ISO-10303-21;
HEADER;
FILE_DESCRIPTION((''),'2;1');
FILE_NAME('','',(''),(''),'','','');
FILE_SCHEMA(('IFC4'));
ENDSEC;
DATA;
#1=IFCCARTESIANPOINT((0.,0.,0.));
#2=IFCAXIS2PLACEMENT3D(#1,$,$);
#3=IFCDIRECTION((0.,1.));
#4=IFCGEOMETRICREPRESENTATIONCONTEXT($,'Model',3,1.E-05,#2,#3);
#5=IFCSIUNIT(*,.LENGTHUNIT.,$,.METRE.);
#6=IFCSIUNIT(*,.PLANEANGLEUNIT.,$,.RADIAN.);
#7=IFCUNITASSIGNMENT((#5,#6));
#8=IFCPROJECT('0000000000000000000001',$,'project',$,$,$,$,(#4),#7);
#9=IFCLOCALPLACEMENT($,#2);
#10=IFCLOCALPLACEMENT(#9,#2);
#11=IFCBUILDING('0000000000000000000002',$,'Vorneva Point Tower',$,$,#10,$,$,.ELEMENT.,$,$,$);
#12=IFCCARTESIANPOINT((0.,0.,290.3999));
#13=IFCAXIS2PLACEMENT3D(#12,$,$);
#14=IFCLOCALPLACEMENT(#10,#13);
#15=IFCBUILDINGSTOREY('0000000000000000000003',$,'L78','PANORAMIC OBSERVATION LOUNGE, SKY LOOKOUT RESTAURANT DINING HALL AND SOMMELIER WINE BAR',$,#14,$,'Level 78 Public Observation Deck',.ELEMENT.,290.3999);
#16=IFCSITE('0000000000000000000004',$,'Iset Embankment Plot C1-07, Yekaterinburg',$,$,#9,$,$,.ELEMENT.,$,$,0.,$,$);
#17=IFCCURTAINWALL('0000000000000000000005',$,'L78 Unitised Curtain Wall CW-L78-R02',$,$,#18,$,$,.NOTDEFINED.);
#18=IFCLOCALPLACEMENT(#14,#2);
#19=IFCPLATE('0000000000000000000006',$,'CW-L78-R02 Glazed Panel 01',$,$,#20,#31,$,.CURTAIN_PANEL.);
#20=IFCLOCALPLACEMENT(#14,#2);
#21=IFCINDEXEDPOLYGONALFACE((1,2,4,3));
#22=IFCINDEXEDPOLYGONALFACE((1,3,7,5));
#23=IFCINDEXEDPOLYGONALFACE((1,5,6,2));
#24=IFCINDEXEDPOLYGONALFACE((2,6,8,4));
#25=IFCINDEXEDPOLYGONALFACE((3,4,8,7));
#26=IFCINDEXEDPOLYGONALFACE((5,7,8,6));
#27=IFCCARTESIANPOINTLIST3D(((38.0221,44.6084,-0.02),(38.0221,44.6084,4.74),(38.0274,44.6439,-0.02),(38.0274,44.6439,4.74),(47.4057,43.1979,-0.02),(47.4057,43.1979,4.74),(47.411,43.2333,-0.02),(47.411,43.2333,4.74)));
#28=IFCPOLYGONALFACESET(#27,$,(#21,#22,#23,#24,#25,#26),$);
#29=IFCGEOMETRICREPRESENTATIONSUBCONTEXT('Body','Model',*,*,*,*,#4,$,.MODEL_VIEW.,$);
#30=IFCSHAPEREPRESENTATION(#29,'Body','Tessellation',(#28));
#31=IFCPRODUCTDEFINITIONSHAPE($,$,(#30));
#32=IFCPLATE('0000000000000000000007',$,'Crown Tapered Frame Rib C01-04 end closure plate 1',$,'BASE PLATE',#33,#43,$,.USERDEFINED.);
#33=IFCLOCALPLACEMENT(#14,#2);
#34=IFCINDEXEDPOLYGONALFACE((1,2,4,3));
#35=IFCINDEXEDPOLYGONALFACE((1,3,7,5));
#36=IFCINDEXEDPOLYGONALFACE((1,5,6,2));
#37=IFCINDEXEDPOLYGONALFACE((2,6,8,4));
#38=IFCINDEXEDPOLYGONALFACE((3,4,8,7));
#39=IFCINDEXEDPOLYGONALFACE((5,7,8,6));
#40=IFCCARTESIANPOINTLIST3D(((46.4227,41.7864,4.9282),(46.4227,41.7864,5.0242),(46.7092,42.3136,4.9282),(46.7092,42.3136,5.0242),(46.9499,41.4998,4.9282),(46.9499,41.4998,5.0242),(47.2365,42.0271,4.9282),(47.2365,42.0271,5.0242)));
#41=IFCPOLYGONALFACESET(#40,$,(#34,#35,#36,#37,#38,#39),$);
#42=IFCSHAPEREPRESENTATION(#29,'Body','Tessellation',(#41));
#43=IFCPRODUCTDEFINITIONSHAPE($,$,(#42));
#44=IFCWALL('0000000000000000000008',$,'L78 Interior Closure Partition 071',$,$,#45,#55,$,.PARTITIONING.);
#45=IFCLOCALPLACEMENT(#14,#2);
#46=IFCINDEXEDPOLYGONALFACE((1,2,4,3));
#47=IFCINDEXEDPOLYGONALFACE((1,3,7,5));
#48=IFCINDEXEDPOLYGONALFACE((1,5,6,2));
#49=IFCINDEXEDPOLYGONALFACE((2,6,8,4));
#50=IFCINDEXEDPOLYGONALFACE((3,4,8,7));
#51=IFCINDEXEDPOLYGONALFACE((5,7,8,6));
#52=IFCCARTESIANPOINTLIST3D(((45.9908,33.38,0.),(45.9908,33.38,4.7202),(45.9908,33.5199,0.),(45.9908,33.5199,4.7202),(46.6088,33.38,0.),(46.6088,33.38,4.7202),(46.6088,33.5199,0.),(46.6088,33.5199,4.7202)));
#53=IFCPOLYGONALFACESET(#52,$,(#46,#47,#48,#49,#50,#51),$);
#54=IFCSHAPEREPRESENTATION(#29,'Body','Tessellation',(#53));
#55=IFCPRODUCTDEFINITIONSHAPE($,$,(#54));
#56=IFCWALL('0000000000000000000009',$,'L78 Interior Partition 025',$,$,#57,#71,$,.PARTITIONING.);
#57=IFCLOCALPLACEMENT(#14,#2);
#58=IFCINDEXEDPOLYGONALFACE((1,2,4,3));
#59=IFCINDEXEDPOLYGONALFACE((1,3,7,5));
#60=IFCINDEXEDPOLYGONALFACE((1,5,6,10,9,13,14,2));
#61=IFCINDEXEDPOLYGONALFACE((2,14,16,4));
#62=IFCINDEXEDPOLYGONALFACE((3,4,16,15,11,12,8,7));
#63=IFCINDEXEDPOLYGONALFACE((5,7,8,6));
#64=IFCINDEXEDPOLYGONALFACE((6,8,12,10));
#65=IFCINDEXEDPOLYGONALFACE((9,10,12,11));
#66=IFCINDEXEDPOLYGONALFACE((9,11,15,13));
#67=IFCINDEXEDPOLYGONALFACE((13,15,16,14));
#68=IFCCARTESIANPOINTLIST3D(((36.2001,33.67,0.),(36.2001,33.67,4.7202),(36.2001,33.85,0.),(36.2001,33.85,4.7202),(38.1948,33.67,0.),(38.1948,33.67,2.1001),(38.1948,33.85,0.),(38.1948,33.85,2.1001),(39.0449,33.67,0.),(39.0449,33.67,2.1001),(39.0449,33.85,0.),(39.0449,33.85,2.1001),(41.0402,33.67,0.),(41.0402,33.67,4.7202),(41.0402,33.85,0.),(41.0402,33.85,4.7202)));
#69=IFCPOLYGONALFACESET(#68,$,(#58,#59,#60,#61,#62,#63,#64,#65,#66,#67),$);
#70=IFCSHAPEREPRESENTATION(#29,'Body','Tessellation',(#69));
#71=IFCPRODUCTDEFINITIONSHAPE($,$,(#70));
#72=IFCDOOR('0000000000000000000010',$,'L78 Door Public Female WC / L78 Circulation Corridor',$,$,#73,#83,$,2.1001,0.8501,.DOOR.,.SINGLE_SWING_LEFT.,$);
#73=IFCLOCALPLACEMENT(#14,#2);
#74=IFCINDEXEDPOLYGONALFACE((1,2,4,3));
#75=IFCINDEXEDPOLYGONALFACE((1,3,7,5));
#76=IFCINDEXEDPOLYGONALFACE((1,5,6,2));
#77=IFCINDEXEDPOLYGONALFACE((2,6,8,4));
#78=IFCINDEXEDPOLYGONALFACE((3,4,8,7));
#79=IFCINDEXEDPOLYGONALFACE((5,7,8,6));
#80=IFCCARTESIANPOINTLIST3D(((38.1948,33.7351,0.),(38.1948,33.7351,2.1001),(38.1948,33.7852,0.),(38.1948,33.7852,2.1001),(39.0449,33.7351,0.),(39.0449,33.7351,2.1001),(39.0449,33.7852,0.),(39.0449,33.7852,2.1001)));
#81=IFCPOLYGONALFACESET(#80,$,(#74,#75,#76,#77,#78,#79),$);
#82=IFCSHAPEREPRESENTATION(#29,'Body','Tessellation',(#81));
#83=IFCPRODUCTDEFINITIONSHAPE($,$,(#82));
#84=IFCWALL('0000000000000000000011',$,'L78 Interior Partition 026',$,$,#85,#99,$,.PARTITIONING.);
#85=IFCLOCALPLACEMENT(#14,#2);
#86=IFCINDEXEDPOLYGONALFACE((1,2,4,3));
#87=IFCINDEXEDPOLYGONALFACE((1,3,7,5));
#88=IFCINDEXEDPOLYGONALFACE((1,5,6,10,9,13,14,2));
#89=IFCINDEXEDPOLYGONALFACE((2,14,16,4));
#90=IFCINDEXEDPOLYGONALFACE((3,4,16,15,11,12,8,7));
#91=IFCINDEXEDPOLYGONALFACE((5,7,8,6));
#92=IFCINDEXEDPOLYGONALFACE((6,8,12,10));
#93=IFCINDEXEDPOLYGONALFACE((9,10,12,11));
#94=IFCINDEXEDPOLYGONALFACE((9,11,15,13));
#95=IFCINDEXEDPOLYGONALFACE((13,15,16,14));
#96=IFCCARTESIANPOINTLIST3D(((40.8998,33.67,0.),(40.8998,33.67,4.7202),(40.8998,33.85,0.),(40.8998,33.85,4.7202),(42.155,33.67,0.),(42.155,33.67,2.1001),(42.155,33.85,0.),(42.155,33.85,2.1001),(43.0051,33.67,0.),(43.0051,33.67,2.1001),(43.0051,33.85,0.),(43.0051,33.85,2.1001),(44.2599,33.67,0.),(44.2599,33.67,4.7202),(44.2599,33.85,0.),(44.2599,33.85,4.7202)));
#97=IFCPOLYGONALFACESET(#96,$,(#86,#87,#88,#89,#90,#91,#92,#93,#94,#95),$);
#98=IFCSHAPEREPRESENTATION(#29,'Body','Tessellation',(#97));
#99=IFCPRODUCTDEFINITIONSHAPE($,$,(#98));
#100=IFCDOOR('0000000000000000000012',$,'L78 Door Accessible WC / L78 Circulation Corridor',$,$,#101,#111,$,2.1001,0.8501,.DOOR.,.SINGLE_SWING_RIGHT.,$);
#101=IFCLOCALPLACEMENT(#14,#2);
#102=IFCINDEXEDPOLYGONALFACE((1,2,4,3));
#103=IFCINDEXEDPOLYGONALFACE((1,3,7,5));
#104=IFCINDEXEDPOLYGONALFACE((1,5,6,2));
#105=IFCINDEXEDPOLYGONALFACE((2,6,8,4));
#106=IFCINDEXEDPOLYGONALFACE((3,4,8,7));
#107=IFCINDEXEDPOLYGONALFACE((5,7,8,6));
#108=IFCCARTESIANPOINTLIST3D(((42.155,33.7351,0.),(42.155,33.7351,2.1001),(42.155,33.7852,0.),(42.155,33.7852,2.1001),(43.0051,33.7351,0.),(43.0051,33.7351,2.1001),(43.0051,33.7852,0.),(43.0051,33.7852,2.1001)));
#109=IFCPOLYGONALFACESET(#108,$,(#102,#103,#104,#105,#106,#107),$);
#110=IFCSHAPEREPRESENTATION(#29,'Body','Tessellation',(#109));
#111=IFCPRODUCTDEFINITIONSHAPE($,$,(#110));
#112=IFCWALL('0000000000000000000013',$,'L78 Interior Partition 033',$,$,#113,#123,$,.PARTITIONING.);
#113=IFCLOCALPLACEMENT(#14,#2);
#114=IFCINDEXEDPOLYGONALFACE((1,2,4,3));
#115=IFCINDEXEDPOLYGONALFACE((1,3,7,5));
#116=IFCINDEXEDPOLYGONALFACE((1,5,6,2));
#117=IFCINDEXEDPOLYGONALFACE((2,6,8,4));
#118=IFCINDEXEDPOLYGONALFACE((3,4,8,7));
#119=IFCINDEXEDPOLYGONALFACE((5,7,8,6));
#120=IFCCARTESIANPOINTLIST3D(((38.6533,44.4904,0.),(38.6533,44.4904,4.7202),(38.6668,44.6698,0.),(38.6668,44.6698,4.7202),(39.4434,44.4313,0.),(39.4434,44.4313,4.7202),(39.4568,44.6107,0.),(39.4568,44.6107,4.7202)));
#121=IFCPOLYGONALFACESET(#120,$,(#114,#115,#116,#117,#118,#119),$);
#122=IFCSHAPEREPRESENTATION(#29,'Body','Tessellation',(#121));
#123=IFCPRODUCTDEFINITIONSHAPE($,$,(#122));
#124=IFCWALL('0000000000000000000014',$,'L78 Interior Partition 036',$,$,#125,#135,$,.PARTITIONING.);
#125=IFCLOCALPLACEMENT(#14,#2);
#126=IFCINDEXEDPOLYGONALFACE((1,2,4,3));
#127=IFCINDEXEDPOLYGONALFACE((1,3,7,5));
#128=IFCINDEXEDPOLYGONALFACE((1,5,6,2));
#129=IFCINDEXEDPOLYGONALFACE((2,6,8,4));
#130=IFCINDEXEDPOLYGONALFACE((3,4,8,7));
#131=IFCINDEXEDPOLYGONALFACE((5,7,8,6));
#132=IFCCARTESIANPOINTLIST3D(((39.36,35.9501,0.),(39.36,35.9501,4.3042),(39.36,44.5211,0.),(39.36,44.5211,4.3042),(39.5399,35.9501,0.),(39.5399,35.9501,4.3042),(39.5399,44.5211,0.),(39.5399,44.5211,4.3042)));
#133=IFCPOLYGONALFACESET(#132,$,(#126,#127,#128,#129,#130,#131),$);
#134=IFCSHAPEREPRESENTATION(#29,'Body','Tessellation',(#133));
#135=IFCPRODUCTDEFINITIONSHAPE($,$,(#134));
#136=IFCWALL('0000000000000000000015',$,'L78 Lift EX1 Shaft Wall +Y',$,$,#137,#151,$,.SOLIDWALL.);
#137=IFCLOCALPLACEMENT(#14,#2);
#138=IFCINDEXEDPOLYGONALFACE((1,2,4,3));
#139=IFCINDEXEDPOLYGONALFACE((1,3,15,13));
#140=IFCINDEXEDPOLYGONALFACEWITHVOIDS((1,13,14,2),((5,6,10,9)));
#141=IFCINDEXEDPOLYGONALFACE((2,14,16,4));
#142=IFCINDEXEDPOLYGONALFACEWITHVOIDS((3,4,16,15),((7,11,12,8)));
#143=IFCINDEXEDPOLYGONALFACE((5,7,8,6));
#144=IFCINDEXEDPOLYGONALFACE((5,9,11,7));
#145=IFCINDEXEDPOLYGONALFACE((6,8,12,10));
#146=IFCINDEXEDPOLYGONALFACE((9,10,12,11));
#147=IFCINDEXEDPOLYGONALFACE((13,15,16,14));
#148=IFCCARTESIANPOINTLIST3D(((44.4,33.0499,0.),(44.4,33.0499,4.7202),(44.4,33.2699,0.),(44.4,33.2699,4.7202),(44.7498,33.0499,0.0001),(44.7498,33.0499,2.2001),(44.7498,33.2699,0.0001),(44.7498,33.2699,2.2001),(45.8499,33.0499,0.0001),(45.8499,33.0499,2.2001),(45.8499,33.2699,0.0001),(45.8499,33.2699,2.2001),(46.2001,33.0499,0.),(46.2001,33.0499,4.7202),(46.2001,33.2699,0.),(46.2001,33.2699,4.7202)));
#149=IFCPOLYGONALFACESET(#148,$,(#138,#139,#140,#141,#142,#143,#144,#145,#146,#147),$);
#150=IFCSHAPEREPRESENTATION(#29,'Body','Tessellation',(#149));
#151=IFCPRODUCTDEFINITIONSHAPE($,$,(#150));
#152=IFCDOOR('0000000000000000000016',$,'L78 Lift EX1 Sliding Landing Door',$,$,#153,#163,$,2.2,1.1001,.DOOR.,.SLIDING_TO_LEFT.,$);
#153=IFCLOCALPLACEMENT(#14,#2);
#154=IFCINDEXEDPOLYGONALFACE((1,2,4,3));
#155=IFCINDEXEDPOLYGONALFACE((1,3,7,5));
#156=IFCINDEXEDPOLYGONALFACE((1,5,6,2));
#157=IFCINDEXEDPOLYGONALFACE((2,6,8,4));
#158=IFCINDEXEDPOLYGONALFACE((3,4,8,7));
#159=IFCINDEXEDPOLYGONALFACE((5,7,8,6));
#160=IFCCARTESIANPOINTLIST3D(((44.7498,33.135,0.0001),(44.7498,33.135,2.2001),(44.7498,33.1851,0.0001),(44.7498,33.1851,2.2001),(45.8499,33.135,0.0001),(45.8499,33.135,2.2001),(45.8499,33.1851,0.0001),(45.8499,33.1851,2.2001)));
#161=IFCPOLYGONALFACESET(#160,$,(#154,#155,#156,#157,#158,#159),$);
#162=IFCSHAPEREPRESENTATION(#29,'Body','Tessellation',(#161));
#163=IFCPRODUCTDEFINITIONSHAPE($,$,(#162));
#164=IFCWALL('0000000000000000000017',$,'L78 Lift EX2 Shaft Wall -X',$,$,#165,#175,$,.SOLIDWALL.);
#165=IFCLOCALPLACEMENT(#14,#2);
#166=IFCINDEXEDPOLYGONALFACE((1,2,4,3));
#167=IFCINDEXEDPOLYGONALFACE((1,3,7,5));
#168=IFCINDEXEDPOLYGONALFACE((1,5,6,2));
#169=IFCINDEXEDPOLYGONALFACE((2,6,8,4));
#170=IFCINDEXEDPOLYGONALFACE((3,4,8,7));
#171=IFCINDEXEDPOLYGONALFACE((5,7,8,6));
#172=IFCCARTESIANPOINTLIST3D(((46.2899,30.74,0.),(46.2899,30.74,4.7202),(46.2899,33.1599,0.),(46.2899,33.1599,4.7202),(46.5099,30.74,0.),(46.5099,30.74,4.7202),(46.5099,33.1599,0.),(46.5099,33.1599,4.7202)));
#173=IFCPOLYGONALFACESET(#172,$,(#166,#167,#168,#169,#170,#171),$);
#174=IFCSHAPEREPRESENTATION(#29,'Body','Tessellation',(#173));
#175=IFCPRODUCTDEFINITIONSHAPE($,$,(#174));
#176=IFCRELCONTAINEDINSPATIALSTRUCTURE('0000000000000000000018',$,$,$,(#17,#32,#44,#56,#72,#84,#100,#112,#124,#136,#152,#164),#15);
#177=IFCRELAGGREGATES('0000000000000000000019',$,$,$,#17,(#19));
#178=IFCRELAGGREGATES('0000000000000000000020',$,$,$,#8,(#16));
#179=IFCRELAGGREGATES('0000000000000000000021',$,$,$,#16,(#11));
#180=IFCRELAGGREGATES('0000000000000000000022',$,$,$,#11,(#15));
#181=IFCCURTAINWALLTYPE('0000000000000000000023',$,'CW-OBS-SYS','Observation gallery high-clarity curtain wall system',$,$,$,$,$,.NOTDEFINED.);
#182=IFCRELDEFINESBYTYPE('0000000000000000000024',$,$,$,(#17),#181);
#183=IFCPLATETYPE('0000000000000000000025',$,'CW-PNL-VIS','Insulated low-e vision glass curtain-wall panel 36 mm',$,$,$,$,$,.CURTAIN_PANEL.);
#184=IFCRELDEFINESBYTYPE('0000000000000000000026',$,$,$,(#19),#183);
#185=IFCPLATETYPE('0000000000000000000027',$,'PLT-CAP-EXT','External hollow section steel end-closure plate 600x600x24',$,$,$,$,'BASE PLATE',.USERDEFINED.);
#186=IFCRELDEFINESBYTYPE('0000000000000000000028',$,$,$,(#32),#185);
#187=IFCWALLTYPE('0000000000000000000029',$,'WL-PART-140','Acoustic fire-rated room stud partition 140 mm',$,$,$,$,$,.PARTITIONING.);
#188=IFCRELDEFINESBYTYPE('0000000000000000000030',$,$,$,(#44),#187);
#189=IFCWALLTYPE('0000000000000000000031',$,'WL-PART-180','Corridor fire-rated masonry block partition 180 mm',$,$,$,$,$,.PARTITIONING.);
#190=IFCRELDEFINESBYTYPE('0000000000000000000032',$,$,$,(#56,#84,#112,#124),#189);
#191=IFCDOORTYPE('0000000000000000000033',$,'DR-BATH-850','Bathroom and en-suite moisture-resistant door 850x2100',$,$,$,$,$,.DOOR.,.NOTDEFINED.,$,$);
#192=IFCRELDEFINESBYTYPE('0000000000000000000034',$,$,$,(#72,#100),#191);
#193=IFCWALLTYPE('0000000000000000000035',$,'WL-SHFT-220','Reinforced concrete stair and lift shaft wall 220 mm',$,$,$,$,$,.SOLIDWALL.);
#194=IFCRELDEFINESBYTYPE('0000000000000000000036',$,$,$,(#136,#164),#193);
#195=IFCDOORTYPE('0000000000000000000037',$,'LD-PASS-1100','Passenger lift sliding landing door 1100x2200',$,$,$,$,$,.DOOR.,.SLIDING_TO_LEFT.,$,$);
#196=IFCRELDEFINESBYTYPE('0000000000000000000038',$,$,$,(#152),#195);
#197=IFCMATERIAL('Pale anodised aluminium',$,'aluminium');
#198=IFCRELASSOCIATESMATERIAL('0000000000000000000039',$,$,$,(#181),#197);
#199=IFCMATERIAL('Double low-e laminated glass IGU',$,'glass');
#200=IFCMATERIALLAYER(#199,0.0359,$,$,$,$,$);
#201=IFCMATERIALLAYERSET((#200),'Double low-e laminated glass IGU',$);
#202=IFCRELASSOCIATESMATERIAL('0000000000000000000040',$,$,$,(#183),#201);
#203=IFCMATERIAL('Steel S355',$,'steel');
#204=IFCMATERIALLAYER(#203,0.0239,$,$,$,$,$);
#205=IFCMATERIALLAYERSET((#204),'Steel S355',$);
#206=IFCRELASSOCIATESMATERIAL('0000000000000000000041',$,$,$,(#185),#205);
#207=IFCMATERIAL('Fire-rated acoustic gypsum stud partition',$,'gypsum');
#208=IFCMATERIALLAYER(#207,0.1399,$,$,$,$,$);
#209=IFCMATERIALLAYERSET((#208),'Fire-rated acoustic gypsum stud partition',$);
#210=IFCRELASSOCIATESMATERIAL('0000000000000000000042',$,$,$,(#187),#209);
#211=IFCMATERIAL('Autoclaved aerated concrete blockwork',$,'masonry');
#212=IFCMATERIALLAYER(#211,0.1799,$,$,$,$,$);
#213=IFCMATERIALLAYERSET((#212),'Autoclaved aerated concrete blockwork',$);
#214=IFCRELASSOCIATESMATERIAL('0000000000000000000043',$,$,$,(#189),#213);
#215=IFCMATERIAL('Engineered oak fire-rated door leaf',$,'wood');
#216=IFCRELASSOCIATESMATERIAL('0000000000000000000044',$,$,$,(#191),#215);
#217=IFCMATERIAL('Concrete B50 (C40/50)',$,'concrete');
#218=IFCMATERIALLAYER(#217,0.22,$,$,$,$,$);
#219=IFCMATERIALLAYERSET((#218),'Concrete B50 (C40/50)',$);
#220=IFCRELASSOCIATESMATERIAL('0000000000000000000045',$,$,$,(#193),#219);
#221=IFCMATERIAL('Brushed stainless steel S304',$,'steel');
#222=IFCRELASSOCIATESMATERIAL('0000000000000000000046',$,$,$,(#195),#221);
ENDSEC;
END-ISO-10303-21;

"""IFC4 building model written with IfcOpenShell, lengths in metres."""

from ifc_helpers import new_model, si_unit, direction, frame, frame_2d, origin, origin_2d, place, context, subcontext, project, spatial, rectangle, extrude, material, layer, layer_set, type_object, element, fill, aggregate, save


model = new_model("IFC4")

# Units and contexts
model_context = context("Model", 3, precision=1e-05, world=origin(), true_north=direction((0.0, 1.0)))
body_context = subcontext(model_context, "Body", "Model", "MODEL_VIEW")
ifc_project = project(units=[si_unit("LENGTHUNIT", "METRE"), si_unit("PLANEANGLEUNIT", "RADIAN")], contexts=[model_context])

# Site, building, storey
site_placement = place(None, origin())
site = spatial("IfcSite", under=ifc_project, at=site_placement, Name="Iset Embankment Plot C1-07, Yekaterinburg", CompositionType="ELEMENT", RefElevation=0.0)
building_placement = place(site_placement, origin())
building = spatial("IfcBuilding", under=site, at=building_placement, Name="Vorneva Point Tower", CompositionType="ELEMENT")
storey_placement = place(building_placement, frame((0.0, 0.0, 290.3999)))
storey = spatial("IfcBuildingStorey", under=building, at=storey_placement, Name="L78", Description="PANORAMIC OBSERVATION LOUNGE, SKY LOOKOUT RESTAURANT DINING HALL AND SOMMELIER WINE BAR", LongName="Level 78 Public Observation Deck", CompositionType="ELEMENT", Elevation=290.3999)

# Shared definitions
ifc_material_1 = material(Name="Concrete B50 (C40/50)", Category="concrete")

# Shared definitions
ifc_material_2 = material(Name="Steel S355", Category="steel")

# Curtain wall, plate
ifc_material_3 = material(Name="Pale anodised aluminium", Category="aluminium")
curtain_wall_type = type_object("IfcCurtainWallType", Name="CW-OBS-SYS", Description="Observation gallery high-clarity curtain wall system", PredefinedType="NOTDEFINED", material=ifc_material_3)
curtain_wall_placement = place(storey_placement, origin())
curtain_wall = element("IfcCurtainWall", 1, at=curtain_wall_placement, inside=storey, type_object=curtain_wall_type, Name="L78 Unitised Curtain Wall CW-L78-R02", PredefinedType="NOTDEFINED")
ifc_material_4 = material(Name="Double low-e laminated glass IGU", Category="glass")
ifc_layer_1 = layer(ifc_material_4, 0.0359)
ifc_layer_set_1 = layer_set([ifc_layer_1], Name="Double low-e laminated glass IGU")
plate_type_1 = type_object("IfcPlateType", Name="CW-PNL-VIS", Description="Insulated low-e vision glass curtain-wall panel 36 mm", PredefinedType="CURTAIN_PANEL", material=ifc_layer_set_1)
plate_1_placement = place(storey_placement, frame((42.7166, 43.9209, -0.02), z_axis=(0.0, 0.0, 1.0), x_axis=(-0.988889, 0.148655, 0.0)))
plate_1 = element("IfcPlate", 2, at=plate_1_placement, type_object=plate_type_1, Name="CW-L78-R02 Glazed Panel 01", PredefinedType="CURTAIN_PANEL", context=body_context, shape_type="SweptSolid", body=[
    extrude(rectangle(XDim=9.489, YDim=0.0359, at=origin_2d()), origin(), (0.0, 0.0, 1.0), 4.76),
])
aggregate(curtain_wall, [plate_1])

# Plate
ifc_layer_2 = layer(ifc_material_2, 0.0239)
ifc_layer_set_2 = layer_set([ifc_layer_2], Name="Steel S355")
plate_type_2 = type_object("IfcPlateType", Name="PLT-CAP-EXT", Description="External hollow section steel end-closure plate 600x600x24", ElementType="BASE PLATE", PredefinedType="USERDEFINED", material=ifc_layer_set_2)
plate_2_placement = place(storey_placement, frame((46.8296, 41.9067, 4.9282), z_axis=(0.0, 0.0, 1.0), x_axis=(-0.477527, -0.878617, 0.0)))
element("IfcPlate", 3, at=plate_2_placement, inside=storey, type_object=plate_type_2, Name="Crown Tapered Frame Rib C01-04 end closure plate 1", ObjectType="BASE PLATE", PredefinedType="USERDEFINED", context=body_context, shape_type="SweptSolid", body=[
    extrude(rectangle(XDim=0.6001, YDim=0.6001, at=origin_2d()), origin(), (0.0, 0.0, 1.0), 0.0959),
])

# Wall
ifc_material_5 = material(Name="Fire-rated acoustic gypsum stud partition", Category="gypsum")
ifc_layer_3 = layer(ifc_material_5, 0.1399)
ifc_layer_set_3 = layer_set([ifc_layer_3], Name="Fire-rated acoustic gypsum stud partition")
wall_type_1 = type_object("IfcWallType", Name="WL-PART-140", Description="Acoustic fire-rated room stud partition 140 mm", PredefinedType="PARTITIONING", material=ifc_layer_set_3)
wall_1_placement = place(storey_placement, frame((46.6089, 33.45, 0.0), z_axis=(0.0, 0.0, 1.0), x_axis=(-1.0, 0.0, 0.0)))
element("IfcWall", 4, at=wall_1_placement, inside=storey, type_object=wall_type_1, Name="L78 Interior Closure Partition 071", PredefinedType="PARTITIONING", context=body_context, shape_type="SweptSolid", body=[
    extrude(rectangle(XDim=0.6179, YDim=0.1399, at=frame_2d((0.3091, 0.0))), origin(), (0.0, 0.0, 1.0), 4.7202),
])

# Walls, openings, doors
ifc_material_6 = material(Name="Autoclaved aerated concrete blockwork", Category="masonry")
ifc_layer_4 = layer(ifc_material_6, 0.1799)
ifc_layer_set_4 = layer_set([ifc_layer_4], Name="Autoclaved aerated concrete blockwork")
wall_type_2 = type_object("IfcWallType", Name="WL-PART-180", Description="Corridor fire-rated masonry block partition 180 mm", PredefinedType="PARTITIONING", material=ifc_layer_set_4)
wall_2_placement = place(storey_placement, frame((41.04, 33.76, 0.0), z_axis=(0.0, 0.0, 1.0), x_axis=(-1.0, 0.0, 0.0)))
wall_2 = element("IfcWall", 5, at=wall_2_placement, inside=storey, type_object=wall_type_2, Name="L78 Interior Partition 025", PredefinedType="PARTITIONING", context=body_context, shape_type="SweptSolid", body=[
    extrude(rectangle(XDim=4.8401, YDim=0.1799, at=frame_2d((2.4199, 0.0))), origin(), (0.0, 0.0, 1.0), 4.7202),
])
opening_1_placement = place(wall_2_placement, frame((1.9951, 0.0, 0.0)))
opening_1 = element("IfcOpeningElement", 6, at=opening_1_placement, cuts=wall_2, PredefinedType="OPENING", context=body_context, shape_type="SweptSolid", body=[
    extrude(rectangle(XDim=0.8501, YDim=2.1001, at=frame_2d((0.425, 1.05))), frame((0.0, 0.105, 0.0), z_axis=(0.0, -1.0, 0.0), x_axis=(1.0, 0.0, 0.0)), (0.0, 0.0, 1.0), 0.2097),
])
ifc_material_7 = material(Name="Engineered oak fire-rated door leaf", Category="wood")
door_type_1 = type_object("IfcDoorType", Name="DR-BATH-850", Description="Bathroom and en-suite moisture-resistant door 850x2100", OperationType="NOTDEFINED", PredefinedType="DOOR", material=ifc_material_7)
door_1_placement = place(opening_1_placement, origin())
door_1 = element("IfcDoor", 7, at=door_1_placement, inside=storey, type_object=door_type_1, Name="L78 Door Public Female WC / L78 Circulation Corridor", OperationType="SINGLE_SWING_LEFT", OverallHeight=2.1001, OverallWidth=0.8501, PredefinedType="DOOR", context=body_context, shape_type="SweptSolid", body=[
    extrude(rectangle(XDim=0.8501, YDim=2.1001, at=frame_2d((0.425, 1.05))), frame((0.0, 0.0249, 0.0), z_axis=(0.0, -1.0, 0.0), x_axis=(1.0, 0.0, 0.0)), (0.0, 0.0, 1.0), 0.05),
])
fill(opening_1, door_1)
wall_3_placement = place(storey_placement, frame((44.26, 33.76, 0.0), z_axis=(0.0, 0.0, 1.0), x_axis=(-1.0, 0.0, 0.0)))
wall_3 = element("IfcWall", 8, at=wall_3_placement, inside=storey, type_object=wall_type_2, Name="L78 Interior Partition 026", PredefinedType="PARTITIONING", context=body_context, shape_type="SweptSolid", body=[
    extrude(rectangle(XDim=3.3601, YDim=0.1799, at=frame_2d((1.6802, 0.0))), origin(), (0.0, 0.0, 1.0), 4.7202),
])
opening_2_placement = place(wall_3_placement, frame((1.2549, 0.0, 0.0)))
opening_2 = element("IfcOpeningElement", 9, at=opening_2_placement, cuts=wall_3, PredefinedType="OPENING", context=body_context, shape_type="SweptSolid", body=[
    extrude(rectangle(XDim=0.8501, YDim=2.1001, at=frame_2d((0.425, 1.05))), frame((0.0, 0.105, 0.0), z_axis=(0.0, -1.0, 0.0), x_axis=(1.0, 0.0, 0.0)), (0.0, 0.0, 1.0), 0.2097),
])
door_2_placement = place(opening_2_placement, origin())
door_2 = element("IfcDoor", 10, at=door_2_placement, inside=storey, type_object=door_type_1, Name="L78 Door Accessible WC / L78 Circulation Corridor", OperationType="SINGLE_SWING_RIGHT", OverallHeight=2.1001, OverallWidth=0.8501, PredefinedType="DOOR", context=body_context, shape_type="SweptSolid", body=[
    extrude(rectangle(XDim=0.8501, YDim=2.1001, at=frame_2d((0.425, 1.05))), frame((0.0, 0.0249, 0.0), z_axis=(0.0, -1.0, 0.0), x_axis=(1.0, 0.0, 0.0)), (0.0, 0.0, 1.0), 0.05),
])
fill(opening_2, door_2)

# Walls
wall_4_placement = place(storey_placement, frame((39.45, 44.521, 0.0), z_axis=(0.0, 0.0, 1.0), x_axis=(-0.997215, 0.074575, 0.0)))
element("IfcWall", 11, at=wall_4_placement, inside=storey, type_object=wall_type_2, Name="L78 Interior Partition 033", PredefinedType="PARTITIONING", context=body_context, shape_type="SweptSolid", body=[
    extrude(rectangle(XDim=0.7922, YDim=0.1799, at=frame_2d((0.396, 0.0))), origin(), (0.0, 0.0, 1.0), 4.7202),
])
wall_5_placement = place(storey_placement, frame((39.45, 35.95, 0.0), z_axis=(0.0, 0.0, 1.0), x_axis=(0.0, 1.0, 0.0)))
element("IfcWall", 12, at=wall_5_placement, inside=storey, type_object=wall_type_2, Name="L78 Interior Partition 036", PredefinedType="PARTITIONING", context=body_context, shape_type="SweptSolid", body=[
    extrude(rectangle(XDim=8.571, YDim=0.1799, at=frame_2d((4.2856, 0.0))), origin(), (0.0, 0.0, 1.0), 4.3042),
])

# Wall, opening, door
ifc_layer_5 = layer(ifc_material_1, 0.22)
ifc_layer_set_5 = layer_set([ifc_layer_5], Name="Concrete B50 (C40/50)")
wall_type_3 = type_object("IfcWallType", Name="WL-SHFT-220", Description="Reinforced concrete stair and lift shaft wall 220 mm", PredefinedType="SOLIDWALL", material=ifc_layer_set_5)
wall_6_placement = place(storey_placement, frame((46.2, 33.1599, 0.0), z_axis=(0.0, 0.0, 1.0), x_axis=(-1.0, 0.0, 0.0)))
wall_6 = element("IfcWall", 13, at=wall_6_placement, inside=storey, type_object=wall_type_3, Name="L78 Lift EX1 Shaft Wall +Y", PredefinedType="SOLIDWALL", context=body_context, shape_type="SweptSolid", body=[
    extrude(rectangle(XDim=1.8, YDim=0.22, at=frame_2d((0.8999, 0.0))), origin(), (0.0, 0.0, 1.0), 4.7202),
])
opening_3_placement = place(wall_6_placement, frame((0.3501, 0.0, 0.0)))
opening_3 = element("IfcOpeningElement", 14, at=opening_3_placement, cuts=wall_6, PredefinedType="OPENING", context=body_context, shape_type="SweptSolid", body=[
    extrude(rectangle(XDim=1.1001, YDim=2.2, at=frame_2d((0.55, 1.1001))), frame((0.0, 0.125, 0.0), z_axis=(0.0, -1.0, 0.0), x_axis=(1.0, 0.0, 0.0)), (0.0, 0.0, 1.0), 0.2498),
])
ifc_material_8 = material(Name="Brushed stainless steel S304", Category="steel")
door_type_2 = type_object("IfcDoorType", Name="LD-PASS-1100", Description="Passenger lift sliding landing door 1100x2200", OperationType="SLIDING_TO_LEFT", PredefinedType="DOOR", material=ifc_material_8)
door_3_placement = place(opening_3_placement, origin())
door_3 = element("IfcDoor", 15, at=door_3_placement, inside=storey, type_object=door_type_2, Name="L78 Lift EX1 Sliding Landing Door", OperationType="SLIDING_TO_LEFT", OverallHeight=2.2, OverallWidth=1.1001, PredefinedType="DOOR", context=body_context, shape_type="SweptSolid", body=[
    extrude(rectangle(XDim=1.1001, YDim=2.2, at=frame_2d((0.55, 1.1001))), frame((0.0, 0.0249, 0.0), z_axis=(0.0, -1.0, 0.0), x_axis=(1.0, 0.0, 0.0)), (0.0, 0.0, 1.0), 0.05),
])
fill(opening_3, door_3)

# Wall
wall_7_placement = place(storey_placement, frame((46.3999, 33.1599, 0.0), z_axis=(0.0, 0.0, 1.0), x_axis=(0.0, -1.0, 0.0)))
element("IfcWall", 16, at=wall_7_placement, inside=storey, type_object=wall_type_3, Name="L78 Lift EX2 Shaft Wall -X", PredefinedType="SOLIDWALL", context=body_context, shape_type="SweptSolid", body=[
    extrude(rectangle(XDim=2.4199, YDim=0.22, at=frame_2d((1.21, 0.0))), origin(), (0.0, 0.0, 1.0), 4.7202),
])

save(model, "model.ifc")
